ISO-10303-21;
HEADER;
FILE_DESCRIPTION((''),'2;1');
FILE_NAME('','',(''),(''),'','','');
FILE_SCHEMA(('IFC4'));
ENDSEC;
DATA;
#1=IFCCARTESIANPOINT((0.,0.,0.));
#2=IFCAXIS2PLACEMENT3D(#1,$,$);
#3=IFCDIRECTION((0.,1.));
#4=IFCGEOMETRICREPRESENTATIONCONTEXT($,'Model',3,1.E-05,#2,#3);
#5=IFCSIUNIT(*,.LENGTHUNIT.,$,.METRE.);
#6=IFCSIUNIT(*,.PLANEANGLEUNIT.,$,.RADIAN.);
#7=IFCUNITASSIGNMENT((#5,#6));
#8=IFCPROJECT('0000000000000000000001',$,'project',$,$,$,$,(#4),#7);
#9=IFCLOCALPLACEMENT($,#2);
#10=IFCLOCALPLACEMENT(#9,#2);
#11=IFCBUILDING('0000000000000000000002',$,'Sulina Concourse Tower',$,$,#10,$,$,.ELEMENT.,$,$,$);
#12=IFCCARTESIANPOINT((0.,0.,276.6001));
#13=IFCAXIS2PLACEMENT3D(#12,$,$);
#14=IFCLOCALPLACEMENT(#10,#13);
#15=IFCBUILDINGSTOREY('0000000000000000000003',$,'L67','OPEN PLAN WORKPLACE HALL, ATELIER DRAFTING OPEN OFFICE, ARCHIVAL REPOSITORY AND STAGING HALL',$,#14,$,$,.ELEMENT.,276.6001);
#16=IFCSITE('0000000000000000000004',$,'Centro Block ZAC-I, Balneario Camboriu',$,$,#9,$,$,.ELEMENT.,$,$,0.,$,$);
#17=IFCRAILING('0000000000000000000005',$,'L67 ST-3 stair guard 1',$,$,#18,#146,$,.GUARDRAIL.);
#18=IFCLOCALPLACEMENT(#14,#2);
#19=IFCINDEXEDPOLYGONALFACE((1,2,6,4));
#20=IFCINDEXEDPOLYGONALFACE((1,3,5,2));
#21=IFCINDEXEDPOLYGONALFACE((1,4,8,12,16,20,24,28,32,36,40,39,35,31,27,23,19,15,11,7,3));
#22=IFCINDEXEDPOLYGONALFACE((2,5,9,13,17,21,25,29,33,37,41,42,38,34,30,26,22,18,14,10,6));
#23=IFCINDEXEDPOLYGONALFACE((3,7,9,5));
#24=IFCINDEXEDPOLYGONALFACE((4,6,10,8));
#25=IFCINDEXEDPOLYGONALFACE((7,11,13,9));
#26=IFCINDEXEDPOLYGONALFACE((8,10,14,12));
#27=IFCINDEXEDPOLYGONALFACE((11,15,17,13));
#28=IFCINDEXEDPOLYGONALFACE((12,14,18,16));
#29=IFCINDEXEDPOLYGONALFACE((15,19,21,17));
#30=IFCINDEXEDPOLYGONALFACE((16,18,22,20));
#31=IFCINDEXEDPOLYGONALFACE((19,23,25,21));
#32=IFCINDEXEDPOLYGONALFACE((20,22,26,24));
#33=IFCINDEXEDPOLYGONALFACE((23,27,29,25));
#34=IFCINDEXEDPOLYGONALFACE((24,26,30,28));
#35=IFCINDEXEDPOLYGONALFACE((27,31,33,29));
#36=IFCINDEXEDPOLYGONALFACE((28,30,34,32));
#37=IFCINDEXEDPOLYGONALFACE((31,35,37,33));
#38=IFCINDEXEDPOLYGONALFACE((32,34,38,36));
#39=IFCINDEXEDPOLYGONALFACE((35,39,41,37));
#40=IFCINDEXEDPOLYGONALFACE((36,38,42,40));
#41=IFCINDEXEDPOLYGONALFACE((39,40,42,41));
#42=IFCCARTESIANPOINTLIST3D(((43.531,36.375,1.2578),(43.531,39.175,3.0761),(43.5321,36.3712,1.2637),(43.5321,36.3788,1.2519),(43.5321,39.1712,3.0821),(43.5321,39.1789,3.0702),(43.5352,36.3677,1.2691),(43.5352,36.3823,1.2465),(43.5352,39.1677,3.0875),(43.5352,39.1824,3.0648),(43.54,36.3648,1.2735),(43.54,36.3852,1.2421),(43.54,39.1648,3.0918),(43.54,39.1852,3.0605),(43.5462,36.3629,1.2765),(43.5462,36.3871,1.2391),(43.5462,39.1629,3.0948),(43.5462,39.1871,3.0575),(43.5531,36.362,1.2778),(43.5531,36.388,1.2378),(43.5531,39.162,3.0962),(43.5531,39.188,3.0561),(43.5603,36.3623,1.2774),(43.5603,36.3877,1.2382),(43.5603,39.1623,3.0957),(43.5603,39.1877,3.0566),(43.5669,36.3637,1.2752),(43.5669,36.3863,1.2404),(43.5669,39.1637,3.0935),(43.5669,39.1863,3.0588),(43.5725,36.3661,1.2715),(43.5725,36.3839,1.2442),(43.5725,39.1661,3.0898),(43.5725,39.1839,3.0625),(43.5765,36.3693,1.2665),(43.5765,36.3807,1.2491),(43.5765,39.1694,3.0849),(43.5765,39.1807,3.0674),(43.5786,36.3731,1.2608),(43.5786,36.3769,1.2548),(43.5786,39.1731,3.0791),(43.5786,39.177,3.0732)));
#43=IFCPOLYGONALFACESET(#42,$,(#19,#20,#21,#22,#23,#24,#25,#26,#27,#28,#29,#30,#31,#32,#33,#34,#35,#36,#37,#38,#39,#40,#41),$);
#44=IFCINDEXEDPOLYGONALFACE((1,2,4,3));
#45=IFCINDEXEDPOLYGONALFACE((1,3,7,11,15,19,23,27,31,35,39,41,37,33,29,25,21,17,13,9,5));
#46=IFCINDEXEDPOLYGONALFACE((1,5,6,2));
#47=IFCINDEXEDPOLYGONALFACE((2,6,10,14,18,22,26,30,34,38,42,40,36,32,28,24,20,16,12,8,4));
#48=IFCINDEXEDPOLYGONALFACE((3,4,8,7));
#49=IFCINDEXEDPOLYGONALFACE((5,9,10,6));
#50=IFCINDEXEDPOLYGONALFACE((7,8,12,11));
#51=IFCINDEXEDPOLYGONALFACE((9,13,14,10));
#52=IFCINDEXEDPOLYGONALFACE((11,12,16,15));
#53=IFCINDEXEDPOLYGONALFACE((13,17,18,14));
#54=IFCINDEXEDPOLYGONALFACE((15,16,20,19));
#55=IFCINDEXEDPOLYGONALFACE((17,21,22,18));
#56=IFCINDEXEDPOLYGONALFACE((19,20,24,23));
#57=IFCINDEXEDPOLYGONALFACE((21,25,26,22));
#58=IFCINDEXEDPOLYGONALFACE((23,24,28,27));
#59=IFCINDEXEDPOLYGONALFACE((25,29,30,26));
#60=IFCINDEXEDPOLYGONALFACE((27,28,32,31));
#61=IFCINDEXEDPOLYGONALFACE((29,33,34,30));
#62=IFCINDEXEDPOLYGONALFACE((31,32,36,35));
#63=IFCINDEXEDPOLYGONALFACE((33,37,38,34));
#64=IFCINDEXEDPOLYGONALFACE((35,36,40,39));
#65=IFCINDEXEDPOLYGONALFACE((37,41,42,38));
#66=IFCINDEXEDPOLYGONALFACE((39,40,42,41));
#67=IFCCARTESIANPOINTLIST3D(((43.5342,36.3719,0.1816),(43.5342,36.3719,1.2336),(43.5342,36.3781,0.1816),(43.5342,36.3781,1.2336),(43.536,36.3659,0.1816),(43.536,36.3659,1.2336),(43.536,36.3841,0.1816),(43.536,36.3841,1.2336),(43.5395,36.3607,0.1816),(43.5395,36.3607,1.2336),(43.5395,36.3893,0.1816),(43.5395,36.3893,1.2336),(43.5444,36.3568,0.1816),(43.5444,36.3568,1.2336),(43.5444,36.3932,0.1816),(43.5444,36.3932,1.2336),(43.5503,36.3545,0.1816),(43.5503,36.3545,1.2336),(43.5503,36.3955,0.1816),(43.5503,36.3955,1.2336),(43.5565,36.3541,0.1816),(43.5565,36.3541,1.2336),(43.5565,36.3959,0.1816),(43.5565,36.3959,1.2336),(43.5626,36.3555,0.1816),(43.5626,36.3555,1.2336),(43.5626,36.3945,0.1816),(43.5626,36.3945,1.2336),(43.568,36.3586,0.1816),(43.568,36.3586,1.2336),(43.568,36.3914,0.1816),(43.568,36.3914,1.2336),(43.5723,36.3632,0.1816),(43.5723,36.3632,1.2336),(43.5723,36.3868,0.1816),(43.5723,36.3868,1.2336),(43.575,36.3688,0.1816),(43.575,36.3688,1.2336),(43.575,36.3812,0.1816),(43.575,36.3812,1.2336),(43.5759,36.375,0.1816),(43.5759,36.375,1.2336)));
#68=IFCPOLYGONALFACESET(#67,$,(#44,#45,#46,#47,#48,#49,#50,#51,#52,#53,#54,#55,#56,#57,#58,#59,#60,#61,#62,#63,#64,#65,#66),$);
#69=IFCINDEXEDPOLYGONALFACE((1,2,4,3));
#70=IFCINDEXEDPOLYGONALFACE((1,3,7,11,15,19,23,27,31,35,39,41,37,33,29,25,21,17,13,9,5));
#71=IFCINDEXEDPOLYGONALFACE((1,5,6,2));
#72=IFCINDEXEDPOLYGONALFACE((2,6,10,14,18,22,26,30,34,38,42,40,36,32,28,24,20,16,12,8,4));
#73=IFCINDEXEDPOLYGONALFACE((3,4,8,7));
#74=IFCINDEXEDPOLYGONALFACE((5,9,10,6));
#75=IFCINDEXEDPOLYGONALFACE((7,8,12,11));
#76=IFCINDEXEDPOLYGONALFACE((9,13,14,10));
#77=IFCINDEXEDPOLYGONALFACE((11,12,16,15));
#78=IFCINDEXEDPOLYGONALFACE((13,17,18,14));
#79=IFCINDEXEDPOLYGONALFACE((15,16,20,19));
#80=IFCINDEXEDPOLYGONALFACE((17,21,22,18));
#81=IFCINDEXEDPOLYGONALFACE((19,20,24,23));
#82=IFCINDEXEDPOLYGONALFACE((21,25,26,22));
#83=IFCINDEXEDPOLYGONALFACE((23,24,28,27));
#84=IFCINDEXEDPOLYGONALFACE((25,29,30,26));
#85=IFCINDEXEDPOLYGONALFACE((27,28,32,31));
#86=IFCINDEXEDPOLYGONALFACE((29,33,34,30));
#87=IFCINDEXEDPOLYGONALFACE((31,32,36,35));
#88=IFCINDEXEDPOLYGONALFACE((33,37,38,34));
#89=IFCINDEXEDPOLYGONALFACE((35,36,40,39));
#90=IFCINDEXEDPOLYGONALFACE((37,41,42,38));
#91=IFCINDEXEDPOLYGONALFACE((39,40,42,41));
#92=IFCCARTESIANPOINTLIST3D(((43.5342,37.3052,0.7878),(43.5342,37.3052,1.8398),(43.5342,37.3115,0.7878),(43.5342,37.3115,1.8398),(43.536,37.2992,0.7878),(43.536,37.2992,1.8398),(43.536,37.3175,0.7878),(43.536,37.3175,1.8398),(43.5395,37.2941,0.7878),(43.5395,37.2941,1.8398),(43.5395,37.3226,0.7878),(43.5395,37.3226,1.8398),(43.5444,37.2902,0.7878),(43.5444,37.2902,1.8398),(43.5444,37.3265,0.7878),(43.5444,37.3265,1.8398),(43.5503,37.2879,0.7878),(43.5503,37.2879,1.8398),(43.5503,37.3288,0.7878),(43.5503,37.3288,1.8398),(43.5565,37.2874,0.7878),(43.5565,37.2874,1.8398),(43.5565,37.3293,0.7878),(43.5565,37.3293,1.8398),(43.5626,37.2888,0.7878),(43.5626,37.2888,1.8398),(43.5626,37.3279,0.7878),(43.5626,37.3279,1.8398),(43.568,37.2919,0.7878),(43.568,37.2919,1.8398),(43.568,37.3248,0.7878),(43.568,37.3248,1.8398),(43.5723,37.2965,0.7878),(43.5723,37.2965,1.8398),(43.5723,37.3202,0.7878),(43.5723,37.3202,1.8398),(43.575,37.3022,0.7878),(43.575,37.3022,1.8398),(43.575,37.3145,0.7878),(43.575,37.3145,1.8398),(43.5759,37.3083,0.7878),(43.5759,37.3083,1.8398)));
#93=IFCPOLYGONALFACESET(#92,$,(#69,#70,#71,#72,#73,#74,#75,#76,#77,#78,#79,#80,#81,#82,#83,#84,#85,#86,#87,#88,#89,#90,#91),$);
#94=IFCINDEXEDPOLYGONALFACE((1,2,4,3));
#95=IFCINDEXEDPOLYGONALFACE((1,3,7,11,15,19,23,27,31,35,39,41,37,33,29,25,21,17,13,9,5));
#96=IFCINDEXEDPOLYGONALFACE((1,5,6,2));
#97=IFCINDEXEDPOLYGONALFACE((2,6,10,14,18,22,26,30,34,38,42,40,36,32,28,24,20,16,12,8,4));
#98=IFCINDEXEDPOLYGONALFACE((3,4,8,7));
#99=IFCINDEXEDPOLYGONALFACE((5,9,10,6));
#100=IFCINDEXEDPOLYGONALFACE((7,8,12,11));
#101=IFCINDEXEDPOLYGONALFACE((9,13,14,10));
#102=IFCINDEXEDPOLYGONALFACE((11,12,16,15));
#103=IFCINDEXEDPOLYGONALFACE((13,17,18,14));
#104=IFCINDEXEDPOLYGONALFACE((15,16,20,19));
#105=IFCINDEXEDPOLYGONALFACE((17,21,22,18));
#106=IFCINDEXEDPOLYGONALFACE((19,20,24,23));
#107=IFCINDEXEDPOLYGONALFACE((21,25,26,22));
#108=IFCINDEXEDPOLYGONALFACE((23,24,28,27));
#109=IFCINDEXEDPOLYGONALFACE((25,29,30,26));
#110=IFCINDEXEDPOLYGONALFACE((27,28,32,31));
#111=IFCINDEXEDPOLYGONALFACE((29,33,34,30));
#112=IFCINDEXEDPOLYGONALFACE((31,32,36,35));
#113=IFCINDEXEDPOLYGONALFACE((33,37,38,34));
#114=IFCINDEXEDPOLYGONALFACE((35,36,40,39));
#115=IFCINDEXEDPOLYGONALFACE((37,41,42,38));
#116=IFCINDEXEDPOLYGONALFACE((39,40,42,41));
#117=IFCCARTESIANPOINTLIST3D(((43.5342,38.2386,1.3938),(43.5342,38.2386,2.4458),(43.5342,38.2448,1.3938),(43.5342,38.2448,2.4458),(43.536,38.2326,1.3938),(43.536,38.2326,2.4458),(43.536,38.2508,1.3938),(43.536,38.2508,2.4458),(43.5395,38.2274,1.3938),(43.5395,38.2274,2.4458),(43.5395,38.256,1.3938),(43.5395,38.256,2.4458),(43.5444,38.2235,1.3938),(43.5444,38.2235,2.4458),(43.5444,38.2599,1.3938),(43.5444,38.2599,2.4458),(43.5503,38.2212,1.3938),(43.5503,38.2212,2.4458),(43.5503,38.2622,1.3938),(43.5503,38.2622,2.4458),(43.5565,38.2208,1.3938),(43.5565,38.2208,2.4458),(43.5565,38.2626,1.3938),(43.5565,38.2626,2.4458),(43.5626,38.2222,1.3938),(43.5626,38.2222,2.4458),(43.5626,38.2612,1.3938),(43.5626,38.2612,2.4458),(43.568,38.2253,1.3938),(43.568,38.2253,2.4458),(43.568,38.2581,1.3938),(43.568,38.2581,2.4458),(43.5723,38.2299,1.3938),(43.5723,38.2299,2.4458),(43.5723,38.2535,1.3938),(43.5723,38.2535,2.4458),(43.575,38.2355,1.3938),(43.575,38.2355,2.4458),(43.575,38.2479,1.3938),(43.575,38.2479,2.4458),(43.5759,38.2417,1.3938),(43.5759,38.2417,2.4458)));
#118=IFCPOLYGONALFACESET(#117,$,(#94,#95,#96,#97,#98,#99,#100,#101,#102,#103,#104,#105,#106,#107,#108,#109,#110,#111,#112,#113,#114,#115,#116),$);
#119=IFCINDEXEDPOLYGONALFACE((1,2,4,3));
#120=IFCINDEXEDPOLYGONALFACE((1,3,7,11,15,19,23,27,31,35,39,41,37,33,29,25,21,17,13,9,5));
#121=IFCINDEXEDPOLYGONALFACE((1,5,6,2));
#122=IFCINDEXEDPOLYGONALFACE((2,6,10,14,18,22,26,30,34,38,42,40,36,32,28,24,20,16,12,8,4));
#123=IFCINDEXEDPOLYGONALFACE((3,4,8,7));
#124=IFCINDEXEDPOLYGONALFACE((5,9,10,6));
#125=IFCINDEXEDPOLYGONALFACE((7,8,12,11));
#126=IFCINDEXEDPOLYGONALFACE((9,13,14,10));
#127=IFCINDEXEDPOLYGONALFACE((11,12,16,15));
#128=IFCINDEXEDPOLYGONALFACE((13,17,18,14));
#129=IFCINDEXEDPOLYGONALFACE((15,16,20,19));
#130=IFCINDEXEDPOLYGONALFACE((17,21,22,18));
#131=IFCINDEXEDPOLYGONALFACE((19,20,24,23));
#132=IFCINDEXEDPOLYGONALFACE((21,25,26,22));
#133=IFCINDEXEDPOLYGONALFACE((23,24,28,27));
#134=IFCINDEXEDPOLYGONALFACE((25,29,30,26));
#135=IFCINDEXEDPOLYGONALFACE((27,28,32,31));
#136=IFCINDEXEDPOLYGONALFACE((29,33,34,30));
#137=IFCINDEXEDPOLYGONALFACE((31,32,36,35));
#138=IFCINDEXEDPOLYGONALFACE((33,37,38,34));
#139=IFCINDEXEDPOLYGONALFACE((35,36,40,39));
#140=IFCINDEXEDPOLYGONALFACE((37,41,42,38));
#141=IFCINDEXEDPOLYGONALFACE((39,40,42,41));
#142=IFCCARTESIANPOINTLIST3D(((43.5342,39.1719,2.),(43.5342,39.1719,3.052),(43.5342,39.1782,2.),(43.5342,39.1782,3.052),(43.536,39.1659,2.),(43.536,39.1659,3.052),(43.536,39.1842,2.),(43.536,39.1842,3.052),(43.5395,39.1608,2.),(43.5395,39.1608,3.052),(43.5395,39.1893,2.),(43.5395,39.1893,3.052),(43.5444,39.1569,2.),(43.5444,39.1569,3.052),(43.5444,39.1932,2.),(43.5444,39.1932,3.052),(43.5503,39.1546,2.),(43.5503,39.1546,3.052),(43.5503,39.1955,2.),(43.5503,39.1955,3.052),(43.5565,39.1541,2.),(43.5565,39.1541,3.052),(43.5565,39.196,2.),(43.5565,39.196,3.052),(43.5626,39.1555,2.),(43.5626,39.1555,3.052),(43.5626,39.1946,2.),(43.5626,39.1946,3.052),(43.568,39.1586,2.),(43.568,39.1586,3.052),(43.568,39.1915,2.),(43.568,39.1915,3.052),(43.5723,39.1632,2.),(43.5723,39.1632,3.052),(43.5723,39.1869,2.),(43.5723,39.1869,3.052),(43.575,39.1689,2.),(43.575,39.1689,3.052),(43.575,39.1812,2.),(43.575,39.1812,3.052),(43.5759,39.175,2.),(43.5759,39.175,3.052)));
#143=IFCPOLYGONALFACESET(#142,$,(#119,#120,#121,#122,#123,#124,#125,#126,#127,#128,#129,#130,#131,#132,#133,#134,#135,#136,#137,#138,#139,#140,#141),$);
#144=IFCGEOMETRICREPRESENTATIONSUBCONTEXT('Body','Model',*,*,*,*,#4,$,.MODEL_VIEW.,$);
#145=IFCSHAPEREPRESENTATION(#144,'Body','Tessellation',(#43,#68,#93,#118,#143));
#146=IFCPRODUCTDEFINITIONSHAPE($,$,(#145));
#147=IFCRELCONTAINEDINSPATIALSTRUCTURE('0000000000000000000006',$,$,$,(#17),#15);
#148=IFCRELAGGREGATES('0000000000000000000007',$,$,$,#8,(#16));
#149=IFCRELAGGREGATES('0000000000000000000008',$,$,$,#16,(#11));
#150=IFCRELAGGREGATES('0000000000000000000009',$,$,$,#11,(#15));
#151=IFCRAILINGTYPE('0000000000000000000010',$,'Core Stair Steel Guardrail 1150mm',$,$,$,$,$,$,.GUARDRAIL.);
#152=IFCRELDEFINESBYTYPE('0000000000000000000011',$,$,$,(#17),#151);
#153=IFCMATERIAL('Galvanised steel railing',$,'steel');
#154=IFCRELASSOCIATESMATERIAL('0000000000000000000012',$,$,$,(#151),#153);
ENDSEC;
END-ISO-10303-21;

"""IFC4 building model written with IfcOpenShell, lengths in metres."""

from ifc_helpers import new_model, si_unit, direction, frame, origin, origin_2d, place, context, subcontext, project, spatial, circle, extrude, material, type_object, element, save


model = new_model("IFC4")

# Units and contexts
model_context = context("Model", 3, precision=1e-05, world=origin(), true_north=direction((0.0, 1.0)))
body_context = subcontext(model_context, "Body", "Model", "MODEL_VIEW")
ifc_project = project(units=[si_unit("LENGTHUNIT", "METRE"), si_unit("PLANEANGLEUNIT", "RADIAN")], contexts=[model_context])

# Site, building, storey
site_placement = place(None, origin())
site = spatial("IfcSite", under=ifc_project, at=site_placement, Name="Centro Block ZAC-I, Balneario Camboriu", CompositionType="ELEMENT", RefElevation=0.0)
building_placement = place(site_placement, origin())
building = spatial("IfcBuilding", under=site, at=building_placement, Name="Sulina Concourse Tower", CompositionType="ELEMENT")
storey_placement = place(building_placement, frame((0.0, 0.0, 276.6001)))
storey = spatial("IfcBuildingStorey", under=building, at=storey_placement, Name="L67", Description="OPEN PLAN WORKPLACE HALL, ATELIER DRAFTING OPEN OFFICE, ARCHIVAL REPOSITORY AND STAGING HALL", CompositionType="ELEMENT", Elevation=276.6001)

# Railing
ifc_material_1 = material(Name="Galvanised steel railing", Category="steel")
railing_type_1 = type_object("IfcRailingType", Name="Core Stair Steel Guardrail 1150mm", PredefinedType="GUARDRAIL", material=ifc_material_1)
railing_1_placement = place(storey_placement, frame((43.5549, 36.375, 0.1816)))
element("IfcRailing", 1, at=railing_1_placement, inside=storey, type_object=railing_type_1, Name="L67 ST-3 stair guard 1", PredefinedType="GUARDRAIL", context=body_context, shape_type="SweptSolid", body=[
    extrude(circle(Radius=0.0239, at=origin_2d()), frame((0.0, 0.0, 1.0762), z_axis=(0.0, 0.838672, 0.544636), x_axis=(-1.0, 0.0, 0.0)), (0.0, 0.0, 1.0), 3.3386),
    extrude(circle(Radius=0.021, at=origin_2d()), origin(), (0.0, 0.0, 1.0), 1.052),
    extrude(circle(Radius=0.021, at=origin_2d()), frame((0.0, 0.9333, 0.6062)), (0.0, 0.0, 1.0), 1.052),
    extrude(circle(Radius=0.021, at=origin_2d()), frame((0.0, 1.8667, 1.2122)), (0.0, 0.0, 1.0), 1.052),
    extrude(circle(Radius=0.021, at=origin_2d()), frame((0.0, 2.8, 1.8184)), (0.0, 0.0, 1.0), 1.052),
])

save(model, "model.ifc")
